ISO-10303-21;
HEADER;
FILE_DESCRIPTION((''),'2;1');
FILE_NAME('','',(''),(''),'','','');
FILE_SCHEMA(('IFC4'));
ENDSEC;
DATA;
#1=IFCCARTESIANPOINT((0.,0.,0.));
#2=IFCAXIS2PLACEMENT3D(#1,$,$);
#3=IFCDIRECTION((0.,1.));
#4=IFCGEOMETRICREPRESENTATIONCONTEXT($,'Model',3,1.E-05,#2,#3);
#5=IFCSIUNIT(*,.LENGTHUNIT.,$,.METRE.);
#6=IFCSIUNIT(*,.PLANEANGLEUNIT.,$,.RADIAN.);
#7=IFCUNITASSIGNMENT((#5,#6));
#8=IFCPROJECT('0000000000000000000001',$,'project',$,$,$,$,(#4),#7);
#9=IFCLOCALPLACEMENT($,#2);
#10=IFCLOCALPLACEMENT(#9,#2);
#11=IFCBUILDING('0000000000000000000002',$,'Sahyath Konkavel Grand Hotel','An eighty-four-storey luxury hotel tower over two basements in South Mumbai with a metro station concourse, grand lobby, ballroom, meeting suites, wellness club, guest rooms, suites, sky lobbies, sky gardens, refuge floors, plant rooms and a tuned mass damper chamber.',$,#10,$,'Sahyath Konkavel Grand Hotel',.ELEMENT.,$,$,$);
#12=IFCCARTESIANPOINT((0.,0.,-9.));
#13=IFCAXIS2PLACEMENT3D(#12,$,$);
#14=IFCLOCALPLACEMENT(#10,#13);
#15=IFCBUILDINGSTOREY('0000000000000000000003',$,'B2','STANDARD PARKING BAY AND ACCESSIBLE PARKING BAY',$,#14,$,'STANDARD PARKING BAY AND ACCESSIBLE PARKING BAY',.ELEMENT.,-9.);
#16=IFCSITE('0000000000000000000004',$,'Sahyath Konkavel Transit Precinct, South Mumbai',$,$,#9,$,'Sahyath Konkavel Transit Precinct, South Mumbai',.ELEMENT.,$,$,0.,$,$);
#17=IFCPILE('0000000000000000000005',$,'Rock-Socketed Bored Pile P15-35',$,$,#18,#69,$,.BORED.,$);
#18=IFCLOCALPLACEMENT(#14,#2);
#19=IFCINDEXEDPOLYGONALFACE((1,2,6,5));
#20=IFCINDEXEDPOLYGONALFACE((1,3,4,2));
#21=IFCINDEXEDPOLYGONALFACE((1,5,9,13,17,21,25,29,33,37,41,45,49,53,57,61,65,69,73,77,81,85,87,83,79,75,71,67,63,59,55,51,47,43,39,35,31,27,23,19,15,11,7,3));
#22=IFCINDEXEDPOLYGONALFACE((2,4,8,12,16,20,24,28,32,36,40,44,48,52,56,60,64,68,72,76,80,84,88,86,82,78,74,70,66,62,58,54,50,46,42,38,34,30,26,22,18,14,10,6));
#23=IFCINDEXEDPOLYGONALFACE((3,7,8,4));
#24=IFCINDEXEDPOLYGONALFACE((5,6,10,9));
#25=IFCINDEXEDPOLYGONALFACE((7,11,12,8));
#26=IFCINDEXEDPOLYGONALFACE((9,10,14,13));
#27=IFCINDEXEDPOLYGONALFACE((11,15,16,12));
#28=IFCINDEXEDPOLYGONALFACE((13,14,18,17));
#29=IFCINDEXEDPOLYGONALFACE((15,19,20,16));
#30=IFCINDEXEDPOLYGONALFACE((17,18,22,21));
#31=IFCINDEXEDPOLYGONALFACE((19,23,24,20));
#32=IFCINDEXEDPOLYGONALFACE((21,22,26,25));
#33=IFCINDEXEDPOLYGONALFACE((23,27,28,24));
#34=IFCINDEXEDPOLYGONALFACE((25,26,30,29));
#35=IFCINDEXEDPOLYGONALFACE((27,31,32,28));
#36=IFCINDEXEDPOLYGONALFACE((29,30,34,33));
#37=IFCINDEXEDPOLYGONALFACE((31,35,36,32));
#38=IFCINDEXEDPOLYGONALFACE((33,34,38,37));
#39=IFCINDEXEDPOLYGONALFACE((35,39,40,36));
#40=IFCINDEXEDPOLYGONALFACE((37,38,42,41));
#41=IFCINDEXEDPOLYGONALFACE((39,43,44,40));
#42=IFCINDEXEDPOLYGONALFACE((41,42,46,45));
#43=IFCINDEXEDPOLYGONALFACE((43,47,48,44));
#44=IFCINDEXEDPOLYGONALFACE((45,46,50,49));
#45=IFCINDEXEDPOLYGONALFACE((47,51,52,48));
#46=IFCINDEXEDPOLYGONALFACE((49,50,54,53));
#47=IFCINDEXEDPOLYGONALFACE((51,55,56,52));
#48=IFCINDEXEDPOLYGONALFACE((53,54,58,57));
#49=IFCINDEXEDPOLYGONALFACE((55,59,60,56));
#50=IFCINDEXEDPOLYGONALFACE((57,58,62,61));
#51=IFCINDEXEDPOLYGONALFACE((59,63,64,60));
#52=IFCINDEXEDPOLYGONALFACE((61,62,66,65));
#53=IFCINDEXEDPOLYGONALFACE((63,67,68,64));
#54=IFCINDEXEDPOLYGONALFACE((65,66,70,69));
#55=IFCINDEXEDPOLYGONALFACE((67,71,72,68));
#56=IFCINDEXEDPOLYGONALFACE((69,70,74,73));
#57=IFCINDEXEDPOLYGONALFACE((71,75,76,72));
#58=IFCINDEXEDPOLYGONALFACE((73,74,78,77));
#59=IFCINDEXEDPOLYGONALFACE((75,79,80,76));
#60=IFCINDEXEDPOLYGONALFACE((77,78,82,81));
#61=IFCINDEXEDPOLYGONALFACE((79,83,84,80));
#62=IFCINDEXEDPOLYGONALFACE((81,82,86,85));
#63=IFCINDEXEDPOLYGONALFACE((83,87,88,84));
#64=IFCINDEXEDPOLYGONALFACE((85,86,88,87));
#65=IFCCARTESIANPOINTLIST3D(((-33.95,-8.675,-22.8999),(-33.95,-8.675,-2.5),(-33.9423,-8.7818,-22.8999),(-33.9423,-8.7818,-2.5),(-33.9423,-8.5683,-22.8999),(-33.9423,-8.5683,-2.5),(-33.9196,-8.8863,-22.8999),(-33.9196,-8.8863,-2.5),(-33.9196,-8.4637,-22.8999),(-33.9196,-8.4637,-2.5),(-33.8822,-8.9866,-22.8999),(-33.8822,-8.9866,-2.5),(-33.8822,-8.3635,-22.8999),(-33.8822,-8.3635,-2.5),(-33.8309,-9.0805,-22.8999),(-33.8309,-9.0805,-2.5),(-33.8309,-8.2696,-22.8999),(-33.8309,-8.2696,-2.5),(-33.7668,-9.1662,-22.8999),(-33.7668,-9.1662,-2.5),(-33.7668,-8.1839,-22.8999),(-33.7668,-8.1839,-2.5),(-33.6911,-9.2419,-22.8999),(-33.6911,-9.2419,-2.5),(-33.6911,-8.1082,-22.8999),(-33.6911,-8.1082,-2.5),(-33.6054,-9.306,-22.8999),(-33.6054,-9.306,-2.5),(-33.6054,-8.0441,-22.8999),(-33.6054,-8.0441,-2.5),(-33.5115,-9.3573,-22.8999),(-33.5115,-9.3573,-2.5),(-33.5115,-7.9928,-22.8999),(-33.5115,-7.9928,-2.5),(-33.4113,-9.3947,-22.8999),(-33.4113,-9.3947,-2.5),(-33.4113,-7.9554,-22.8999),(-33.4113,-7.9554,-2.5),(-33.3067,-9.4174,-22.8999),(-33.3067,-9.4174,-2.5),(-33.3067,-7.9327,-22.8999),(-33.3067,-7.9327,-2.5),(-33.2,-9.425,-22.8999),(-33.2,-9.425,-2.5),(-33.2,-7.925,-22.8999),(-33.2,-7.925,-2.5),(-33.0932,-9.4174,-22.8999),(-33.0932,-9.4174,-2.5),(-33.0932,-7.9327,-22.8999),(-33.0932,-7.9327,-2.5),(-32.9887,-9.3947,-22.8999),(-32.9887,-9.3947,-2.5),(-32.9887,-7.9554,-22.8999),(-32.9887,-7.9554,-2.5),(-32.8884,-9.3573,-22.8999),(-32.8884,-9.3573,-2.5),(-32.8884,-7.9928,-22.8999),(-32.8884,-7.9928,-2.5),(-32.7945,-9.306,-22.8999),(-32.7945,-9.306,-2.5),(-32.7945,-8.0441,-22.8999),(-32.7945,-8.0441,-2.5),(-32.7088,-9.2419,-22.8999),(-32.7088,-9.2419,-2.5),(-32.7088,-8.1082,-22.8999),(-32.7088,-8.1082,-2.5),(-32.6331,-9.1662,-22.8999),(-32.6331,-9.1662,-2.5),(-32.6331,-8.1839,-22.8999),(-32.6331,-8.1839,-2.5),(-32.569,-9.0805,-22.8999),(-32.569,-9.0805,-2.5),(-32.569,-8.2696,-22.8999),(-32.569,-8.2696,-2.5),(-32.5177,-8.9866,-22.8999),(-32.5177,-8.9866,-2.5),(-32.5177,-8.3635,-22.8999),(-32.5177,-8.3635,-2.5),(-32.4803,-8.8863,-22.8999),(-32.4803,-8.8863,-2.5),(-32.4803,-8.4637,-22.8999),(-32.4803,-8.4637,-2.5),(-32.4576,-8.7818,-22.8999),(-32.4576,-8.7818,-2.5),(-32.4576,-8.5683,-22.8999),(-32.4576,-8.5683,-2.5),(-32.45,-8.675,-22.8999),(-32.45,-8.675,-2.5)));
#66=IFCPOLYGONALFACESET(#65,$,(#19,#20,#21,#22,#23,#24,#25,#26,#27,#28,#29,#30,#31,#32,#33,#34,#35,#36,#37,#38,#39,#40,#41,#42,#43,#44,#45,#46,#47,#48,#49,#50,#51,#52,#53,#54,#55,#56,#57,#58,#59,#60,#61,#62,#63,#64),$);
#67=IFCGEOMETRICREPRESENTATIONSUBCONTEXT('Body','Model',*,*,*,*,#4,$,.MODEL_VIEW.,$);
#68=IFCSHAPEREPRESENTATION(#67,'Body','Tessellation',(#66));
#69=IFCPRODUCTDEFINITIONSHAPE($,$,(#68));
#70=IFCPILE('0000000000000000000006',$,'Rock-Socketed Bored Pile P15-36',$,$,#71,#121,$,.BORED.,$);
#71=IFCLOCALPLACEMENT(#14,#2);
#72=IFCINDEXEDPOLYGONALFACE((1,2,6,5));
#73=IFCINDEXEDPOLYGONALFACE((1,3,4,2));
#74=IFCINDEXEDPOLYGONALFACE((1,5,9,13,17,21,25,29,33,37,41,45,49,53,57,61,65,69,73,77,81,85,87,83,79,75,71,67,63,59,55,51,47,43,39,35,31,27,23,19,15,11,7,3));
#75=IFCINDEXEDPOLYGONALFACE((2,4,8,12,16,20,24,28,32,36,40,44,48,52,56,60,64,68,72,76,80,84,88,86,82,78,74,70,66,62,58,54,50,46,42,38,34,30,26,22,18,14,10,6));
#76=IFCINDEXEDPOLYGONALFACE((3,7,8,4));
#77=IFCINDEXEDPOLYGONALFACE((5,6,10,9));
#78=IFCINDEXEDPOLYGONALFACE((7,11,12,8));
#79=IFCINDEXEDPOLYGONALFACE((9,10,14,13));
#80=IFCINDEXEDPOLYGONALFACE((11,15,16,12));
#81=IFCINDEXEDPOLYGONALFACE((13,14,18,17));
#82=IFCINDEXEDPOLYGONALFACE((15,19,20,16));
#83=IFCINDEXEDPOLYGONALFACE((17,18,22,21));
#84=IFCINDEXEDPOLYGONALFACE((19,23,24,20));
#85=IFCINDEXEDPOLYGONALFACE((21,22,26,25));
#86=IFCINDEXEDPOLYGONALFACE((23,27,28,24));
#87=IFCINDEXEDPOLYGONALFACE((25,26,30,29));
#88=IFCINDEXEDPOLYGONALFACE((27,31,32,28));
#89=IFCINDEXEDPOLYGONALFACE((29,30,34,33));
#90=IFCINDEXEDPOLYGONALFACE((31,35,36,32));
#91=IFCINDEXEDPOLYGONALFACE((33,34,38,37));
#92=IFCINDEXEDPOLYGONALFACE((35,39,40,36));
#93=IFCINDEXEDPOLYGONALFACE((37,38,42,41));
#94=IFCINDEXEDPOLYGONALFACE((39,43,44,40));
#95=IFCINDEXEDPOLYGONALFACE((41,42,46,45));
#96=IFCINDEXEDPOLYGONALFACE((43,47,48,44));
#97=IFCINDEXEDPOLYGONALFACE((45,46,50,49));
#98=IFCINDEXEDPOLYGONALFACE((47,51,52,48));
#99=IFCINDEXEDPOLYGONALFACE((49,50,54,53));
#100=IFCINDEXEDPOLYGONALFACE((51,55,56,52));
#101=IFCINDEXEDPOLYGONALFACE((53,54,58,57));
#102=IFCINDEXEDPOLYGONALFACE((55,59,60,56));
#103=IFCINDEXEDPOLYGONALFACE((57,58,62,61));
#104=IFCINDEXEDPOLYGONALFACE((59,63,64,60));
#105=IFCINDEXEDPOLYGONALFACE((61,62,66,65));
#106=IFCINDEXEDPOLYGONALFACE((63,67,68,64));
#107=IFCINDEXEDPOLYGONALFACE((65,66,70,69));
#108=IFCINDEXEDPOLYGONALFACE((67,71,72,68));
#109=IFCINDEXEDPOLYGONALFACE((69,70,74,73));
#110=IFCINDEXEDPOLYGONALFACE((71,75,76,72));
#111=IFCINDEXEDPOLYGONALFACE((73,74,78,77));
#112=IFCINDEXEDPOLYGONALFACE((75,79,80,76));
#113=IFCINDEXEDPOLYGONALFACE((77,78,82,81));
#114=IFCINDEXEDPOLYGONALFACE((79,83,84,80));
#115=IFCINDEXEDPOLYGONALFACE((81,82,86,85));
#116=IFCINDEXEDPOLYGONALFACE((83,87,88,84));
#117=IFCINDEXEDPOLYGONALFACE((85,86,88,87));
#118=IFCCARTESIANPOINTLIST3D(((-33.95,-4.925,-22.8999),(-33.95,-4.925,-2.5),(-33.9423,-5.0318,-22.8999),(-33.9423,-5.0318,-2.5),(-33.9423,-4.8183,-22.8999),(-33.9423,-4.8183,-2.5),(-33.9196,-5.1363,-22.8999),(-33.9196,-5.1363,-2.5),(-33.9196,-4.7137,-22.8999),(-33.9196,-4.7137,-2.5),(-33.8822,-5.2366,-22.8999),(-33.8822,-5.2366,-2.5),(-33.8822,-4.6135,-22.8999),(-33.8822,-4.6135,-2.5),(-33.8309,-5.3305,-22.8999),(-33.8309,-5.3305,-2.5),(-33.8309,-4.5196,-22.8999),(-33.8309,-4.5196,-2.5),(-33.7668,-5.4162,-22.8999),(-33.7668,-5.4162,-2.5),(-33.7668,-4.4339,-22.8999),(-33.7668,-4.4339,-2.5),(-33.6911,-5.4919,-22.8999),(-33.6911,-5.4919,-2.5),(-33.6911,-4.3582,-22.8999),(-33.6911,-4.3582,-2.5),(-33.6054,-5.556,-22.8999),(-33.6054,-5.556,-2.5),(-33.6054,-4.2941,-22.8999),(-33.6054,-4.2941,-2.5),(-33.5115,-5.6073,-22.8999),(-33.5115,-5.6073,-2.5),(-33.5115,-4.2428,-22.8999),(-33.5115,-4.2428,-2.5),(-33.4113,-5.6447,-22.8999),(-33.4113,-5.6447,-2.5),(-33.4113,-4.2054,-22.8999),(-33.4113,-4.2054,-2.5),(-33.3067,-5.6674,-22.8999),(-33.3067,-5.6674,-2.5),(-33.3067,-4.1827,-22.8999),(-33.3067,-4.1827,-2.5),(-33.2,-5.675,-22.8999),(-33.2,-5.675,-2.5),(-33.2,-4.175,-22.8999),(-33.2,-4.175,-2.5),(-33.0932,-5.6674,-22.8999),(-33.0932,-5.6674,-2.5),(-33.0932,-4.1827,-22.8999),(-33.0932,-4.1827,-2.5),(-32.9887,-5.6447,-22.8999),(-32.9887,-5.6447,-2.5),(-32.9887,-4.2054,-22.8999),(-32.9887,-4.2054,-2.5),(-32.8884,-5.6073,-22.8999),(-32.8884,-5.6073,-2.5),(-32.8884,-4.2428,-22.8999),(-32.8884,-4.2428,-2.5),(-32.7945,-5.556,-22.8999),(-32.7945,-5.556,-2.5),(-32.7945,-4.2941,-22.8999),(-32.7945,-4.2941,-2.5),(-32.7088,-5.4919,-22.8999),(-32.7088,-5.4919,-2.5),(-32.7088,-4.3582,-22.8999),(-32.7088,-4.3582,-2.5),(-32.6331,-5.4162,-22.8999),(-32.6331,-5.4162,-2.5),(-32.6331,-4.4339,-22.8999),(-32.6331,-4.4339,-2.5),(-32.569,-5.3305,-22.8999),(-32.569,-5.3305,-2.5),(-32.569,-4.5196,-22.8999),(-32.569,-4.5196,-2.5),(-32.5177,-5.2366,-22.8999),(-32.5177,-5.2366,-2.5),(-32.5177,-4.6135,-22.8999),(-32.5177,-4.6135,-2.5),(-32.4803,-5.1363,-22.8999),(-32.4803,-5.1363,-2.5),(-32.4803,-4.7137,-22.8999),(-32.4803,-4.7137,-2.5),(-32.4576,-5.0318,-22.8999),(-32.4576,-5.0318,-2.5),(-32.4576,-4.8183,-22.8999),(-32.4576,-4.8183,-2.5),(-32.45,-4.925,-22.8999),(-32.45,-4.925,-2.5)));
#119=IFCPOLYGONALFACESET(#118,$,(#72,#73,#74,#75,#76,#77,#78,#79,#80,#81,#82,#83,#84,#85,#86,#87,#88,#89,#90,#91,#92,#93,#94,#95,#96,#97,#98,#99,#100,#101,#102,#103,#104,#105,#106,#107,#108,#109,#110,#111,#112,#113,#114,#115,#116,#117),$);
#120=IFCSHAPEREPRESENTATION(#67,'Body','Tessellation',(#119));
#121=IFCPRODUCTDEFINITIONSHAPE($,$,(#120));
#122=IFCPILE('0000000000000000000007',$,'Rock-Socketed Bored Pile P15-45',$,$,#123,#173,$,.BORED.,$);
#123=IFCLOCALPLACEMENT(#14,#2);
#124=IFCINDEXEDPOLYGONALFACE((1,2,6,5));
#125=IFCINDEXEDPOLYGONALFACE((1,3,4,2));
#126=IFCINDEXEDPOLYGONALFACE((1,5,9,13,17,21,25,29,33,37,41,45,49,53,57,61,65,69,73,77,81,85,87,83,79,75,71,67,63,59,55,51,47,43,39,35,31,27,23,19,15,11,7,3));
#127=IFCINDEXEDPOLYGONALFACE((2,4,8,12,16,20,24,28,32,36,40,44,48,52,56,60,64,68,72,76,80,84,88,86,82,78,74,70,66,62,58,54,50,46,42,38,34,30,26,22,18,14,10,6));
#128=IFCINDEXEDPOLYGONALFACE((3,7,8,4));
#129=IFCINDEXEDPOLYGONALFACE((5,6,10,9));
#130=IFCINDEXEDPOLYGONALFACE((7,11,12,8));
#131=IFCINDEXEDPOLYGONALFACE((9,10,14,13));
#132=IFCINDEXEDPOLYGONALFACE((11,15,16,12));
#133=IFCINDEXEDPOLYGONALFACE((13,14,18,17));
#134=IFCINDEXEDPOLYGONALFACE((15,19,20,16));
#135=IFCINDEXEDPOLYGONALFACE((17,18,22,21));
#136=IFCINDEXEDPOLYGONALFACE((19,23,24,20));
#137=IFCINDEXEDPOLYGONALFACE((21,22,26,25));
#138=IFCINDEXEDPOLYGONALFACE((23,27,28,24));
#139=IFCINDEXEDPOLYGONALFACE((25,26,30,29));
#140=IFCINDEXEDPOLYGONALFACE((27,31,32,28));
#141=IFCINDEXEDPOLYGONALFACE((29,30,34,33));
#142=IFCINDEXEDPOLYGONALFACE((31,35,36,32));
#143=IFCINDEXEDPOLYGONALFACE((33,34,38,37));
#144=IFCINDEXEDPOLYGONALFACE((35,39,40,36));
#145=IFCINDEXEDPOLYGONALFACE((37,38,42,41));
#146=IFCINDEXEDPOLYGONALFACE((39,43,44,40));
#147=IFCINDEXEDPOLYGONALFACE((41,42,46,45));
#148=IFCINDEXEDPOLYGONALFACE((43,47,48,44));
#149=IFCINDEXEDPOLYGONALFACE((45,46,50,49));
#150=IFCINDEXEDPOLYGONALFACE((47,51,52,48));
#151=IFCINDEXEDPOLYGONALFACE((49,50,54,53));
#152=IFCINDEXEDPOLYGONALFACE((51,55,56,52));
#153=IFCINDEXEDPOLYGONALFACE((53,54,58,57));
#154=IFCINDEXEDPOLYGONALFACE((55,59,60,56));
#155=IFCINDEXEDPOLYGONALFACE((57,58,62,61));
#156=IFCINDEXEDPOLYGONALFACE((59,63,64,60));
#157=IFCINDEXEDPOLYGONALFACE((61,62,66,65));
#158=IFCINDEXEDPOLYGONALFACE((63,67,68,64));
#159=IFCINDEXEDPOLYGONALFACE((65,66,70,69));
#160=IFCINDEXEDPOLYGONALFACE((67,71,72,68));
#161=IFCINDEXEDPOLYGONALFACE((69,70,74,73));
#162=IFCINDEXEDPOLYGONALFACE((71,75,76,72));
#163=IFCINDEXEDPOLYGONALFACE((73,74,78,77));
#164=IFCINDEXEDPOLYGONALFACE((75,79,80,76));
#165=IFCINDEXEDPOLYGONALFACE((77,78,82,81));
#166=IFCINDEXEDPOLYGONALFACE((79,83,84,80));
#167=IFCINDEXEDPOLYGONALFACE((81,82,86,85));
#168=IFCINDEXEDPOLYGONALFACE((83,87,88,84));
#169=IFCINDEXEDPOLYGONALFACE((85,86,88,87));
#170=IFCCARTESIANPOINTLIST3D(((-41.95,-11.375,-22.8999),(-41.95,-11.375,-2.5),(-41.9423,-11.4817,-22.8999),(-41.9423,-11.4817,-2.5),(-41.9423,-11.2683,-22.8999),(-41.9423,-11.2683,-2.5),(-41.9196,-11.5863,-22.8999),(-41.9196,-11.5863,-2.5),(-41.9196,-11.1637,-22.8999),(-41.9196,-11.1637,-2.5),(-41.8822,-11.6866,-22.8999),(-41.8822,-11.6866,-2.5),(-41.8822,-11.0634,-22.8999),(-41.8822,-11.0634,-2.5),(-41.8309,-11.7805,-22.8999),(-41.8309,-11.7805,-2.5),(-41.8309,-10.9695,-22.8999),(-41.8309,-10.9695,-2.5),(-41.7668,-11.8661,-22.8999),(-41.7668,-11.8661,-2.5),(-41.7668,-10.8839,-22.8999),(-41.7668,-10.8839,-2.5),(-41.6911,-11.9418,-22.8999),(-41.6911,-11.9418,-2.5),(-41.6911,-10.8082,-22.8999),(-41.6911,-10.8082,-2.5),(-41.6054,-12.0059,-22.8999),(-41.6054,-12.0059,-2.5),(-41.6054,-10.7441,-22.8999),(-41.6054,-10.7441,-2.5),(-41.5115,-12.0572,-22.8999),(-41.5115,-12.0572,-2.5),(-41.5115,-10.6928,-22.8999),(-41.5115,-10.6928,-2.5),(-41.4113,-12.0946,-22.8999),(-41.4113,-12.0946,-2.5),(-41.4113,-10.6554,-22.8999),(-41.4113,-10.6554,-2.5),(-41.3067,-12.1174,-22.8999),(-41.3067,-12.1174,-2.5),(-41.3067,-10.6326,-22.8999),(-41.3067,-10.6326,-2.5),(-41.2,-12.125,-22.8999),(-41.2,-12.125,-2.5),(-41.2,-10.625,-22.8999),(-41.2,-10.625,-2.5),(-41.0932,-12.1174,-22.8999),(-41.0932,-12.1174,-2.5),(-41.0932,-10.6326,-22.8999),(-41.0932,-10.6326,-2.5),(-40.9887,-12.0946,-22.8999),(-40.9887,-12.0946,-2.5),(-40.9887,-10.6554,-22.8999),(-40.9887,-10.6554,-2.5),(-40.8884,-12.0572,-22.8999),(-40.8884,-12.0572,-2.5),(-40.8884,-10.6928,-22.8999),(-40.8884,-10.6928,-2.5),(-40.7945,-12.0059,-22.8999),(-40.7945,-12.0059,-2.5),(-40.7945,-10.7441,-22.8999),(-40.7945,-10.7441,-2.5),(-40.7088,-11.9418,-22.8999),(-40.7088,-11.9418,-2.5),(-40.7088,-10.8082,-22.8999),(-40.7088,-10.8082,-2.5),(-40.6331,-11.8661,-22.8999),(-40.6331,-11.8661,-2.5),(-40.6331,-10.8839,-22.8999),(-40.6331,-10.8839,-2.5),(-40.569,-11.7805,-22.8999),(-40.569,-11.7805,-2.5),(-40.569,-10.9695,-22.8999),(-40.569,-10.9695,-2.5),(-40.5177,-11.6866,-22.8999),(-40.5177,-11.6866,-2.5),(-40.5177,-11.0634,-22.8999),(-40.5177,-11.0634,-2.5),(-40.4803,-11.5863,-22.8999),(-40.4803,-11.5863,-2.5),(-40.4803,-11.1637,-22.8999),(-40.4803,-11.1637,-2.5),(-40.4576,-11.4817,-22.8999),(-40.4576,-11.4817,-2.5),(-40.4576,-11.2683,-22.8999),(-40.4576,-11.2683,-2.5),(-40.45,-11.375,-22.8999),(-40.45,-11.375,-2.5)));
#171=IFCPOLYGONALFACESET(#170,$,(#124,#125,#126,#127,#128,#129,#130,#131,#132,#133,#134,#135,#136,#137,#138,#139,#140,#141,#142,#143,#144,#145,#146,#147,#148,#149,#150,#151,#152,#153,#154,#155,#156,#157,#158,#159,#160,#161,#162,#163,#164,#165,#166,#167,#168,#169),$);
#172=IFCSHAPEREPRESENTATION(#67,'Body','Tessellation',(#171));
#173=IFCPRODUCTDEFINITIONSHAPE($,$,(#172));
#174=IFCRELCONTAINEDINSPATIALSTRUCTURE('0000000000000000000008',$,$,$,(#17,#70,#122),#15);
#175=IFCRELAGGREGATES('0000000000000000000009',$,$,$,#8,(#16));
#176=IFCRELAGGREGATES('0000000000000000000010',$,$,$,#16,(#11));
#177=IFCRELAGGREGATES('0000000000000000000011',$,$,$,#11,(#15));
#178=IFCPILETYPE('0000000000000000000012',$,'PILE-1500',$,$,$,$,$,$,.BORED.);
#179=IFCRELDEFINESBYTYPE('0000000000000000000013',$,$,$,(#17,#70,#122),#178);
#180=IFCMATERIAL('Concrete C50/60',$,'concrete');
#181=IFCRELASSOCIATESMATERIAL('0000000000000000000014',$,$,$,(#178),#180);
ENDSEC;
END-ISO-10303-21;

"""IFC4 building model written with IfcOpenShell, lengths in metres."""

from ifc_helpers import new_model, si_unit, direction, frame, origin, origin_2d, place, context, subcontext, project, spatial, circle, extrude, material, material_profile, profile_set, type_object, element, save


model = new_model("IFC4")

# Units and contexts
model_context = context("Model", 3, precision=1e-05, world=origin(), true_north=direction((0.0, 1.0)))
body_context = subcontext(model_context, "Body", "Model", "MODEL_VIEW")
ifc_project = project(units=[si_unit("LENGTHUNIT", "METRE"), si_unit("PLANEANGLEUNIT", "RADIAN")], contexts=[model_context])

# Site, building, storey
site_placement = place(None, origin())
site = spatial("IfcSite", under=ifc_project, at=site_placement, Name="Sahyath Konkavel Transit Precinct, South Mumbai", LongName="Sahyath Konkavel Transit Precinct, South Mumbai", CompositionType="ELEMENT", RefElevation=0.0)
building_placement = place(site_placement, origin())
building = spatial("IfcBuilding", under=site, at=building_placement, Name="Sahyath Konkavel Grand Hotel", Description="An eighty-four-storey luxury hotel tower over two basements in South Mumbai with a metro station concourse, grand lobby, ballroom, meeting suites, wellness club, guest rooms, suites, sky lobbies, sky gardens, refuge floors, plant rooms and a tuned mass damper chamber.", LongName="Sahyath Konkavel Grand Hotel", CompositionType="ELEMENT")
storey_placement = place(building_placement, frame((0.0, 0.0, -9.0)))
storey = spatial("IfcBuildingStorey", under=building, at=storey_placement, Name="B2", Description="STANDARD PARKING BAY AND ACCESSIBLE PARKING BAY", LongName="STANDARD PARKING BAY AND ACCESSIBLE PARKING BAY", CompositionType="ELEMENT", Elevation=-9.0)

# Piles
ifc_material_1 = material(Name="Concrete C50/60", Category="concrete")
ifc_material_profile_1 = material_profile(ifc_material_1, circle(Radius=0.75, at=origin_2d()), Name="PILE D1500")
ifc_profile_set_1 = profile_set([ifc_material_profile_1], Name="Concrete C50/60")
pile_type = type_object("IfcPileType", Name="PILE-1500", PredefinedType="BORED", material=ifc_profile_set_1)
for number, where, z_axis, x_axis, name in (
    (1, (-33.2, -8.675, -2.5), (0.0, 0.0, -1.0), (1.0, 0.0, 0.0), "Rock-Socketed Bored Pile P15-35"),
    (2, (-33.2, -4.925, -2.5), (0.0, 0.0, -1.0), (1.0, 0.0, 0.0), "Rock-Socketed Bored Pile P15-36"),
    (3, (-41.2, -11.375, -2.5), (0.0, 0.0, -1.0), (1.0, 0.0, 0.0), "Rock-Socketed Bored Pile P15-45"),
):
    element("IfcPile", number, at=place(storey_placement, frame(where, z_axis=z_axis, x_axis=x_axis)), inside=storey, type_object=pile_type, Name=name, PredefinedType="BORED", context=body_context, shape_type="SweptSolid", body=[
        extrude(circle(Radius=0.75, at=origin_2d()), origin(), (0.0, 0.0, 1.0), 20.3999),
    ])

save(model, "model.ifc")
